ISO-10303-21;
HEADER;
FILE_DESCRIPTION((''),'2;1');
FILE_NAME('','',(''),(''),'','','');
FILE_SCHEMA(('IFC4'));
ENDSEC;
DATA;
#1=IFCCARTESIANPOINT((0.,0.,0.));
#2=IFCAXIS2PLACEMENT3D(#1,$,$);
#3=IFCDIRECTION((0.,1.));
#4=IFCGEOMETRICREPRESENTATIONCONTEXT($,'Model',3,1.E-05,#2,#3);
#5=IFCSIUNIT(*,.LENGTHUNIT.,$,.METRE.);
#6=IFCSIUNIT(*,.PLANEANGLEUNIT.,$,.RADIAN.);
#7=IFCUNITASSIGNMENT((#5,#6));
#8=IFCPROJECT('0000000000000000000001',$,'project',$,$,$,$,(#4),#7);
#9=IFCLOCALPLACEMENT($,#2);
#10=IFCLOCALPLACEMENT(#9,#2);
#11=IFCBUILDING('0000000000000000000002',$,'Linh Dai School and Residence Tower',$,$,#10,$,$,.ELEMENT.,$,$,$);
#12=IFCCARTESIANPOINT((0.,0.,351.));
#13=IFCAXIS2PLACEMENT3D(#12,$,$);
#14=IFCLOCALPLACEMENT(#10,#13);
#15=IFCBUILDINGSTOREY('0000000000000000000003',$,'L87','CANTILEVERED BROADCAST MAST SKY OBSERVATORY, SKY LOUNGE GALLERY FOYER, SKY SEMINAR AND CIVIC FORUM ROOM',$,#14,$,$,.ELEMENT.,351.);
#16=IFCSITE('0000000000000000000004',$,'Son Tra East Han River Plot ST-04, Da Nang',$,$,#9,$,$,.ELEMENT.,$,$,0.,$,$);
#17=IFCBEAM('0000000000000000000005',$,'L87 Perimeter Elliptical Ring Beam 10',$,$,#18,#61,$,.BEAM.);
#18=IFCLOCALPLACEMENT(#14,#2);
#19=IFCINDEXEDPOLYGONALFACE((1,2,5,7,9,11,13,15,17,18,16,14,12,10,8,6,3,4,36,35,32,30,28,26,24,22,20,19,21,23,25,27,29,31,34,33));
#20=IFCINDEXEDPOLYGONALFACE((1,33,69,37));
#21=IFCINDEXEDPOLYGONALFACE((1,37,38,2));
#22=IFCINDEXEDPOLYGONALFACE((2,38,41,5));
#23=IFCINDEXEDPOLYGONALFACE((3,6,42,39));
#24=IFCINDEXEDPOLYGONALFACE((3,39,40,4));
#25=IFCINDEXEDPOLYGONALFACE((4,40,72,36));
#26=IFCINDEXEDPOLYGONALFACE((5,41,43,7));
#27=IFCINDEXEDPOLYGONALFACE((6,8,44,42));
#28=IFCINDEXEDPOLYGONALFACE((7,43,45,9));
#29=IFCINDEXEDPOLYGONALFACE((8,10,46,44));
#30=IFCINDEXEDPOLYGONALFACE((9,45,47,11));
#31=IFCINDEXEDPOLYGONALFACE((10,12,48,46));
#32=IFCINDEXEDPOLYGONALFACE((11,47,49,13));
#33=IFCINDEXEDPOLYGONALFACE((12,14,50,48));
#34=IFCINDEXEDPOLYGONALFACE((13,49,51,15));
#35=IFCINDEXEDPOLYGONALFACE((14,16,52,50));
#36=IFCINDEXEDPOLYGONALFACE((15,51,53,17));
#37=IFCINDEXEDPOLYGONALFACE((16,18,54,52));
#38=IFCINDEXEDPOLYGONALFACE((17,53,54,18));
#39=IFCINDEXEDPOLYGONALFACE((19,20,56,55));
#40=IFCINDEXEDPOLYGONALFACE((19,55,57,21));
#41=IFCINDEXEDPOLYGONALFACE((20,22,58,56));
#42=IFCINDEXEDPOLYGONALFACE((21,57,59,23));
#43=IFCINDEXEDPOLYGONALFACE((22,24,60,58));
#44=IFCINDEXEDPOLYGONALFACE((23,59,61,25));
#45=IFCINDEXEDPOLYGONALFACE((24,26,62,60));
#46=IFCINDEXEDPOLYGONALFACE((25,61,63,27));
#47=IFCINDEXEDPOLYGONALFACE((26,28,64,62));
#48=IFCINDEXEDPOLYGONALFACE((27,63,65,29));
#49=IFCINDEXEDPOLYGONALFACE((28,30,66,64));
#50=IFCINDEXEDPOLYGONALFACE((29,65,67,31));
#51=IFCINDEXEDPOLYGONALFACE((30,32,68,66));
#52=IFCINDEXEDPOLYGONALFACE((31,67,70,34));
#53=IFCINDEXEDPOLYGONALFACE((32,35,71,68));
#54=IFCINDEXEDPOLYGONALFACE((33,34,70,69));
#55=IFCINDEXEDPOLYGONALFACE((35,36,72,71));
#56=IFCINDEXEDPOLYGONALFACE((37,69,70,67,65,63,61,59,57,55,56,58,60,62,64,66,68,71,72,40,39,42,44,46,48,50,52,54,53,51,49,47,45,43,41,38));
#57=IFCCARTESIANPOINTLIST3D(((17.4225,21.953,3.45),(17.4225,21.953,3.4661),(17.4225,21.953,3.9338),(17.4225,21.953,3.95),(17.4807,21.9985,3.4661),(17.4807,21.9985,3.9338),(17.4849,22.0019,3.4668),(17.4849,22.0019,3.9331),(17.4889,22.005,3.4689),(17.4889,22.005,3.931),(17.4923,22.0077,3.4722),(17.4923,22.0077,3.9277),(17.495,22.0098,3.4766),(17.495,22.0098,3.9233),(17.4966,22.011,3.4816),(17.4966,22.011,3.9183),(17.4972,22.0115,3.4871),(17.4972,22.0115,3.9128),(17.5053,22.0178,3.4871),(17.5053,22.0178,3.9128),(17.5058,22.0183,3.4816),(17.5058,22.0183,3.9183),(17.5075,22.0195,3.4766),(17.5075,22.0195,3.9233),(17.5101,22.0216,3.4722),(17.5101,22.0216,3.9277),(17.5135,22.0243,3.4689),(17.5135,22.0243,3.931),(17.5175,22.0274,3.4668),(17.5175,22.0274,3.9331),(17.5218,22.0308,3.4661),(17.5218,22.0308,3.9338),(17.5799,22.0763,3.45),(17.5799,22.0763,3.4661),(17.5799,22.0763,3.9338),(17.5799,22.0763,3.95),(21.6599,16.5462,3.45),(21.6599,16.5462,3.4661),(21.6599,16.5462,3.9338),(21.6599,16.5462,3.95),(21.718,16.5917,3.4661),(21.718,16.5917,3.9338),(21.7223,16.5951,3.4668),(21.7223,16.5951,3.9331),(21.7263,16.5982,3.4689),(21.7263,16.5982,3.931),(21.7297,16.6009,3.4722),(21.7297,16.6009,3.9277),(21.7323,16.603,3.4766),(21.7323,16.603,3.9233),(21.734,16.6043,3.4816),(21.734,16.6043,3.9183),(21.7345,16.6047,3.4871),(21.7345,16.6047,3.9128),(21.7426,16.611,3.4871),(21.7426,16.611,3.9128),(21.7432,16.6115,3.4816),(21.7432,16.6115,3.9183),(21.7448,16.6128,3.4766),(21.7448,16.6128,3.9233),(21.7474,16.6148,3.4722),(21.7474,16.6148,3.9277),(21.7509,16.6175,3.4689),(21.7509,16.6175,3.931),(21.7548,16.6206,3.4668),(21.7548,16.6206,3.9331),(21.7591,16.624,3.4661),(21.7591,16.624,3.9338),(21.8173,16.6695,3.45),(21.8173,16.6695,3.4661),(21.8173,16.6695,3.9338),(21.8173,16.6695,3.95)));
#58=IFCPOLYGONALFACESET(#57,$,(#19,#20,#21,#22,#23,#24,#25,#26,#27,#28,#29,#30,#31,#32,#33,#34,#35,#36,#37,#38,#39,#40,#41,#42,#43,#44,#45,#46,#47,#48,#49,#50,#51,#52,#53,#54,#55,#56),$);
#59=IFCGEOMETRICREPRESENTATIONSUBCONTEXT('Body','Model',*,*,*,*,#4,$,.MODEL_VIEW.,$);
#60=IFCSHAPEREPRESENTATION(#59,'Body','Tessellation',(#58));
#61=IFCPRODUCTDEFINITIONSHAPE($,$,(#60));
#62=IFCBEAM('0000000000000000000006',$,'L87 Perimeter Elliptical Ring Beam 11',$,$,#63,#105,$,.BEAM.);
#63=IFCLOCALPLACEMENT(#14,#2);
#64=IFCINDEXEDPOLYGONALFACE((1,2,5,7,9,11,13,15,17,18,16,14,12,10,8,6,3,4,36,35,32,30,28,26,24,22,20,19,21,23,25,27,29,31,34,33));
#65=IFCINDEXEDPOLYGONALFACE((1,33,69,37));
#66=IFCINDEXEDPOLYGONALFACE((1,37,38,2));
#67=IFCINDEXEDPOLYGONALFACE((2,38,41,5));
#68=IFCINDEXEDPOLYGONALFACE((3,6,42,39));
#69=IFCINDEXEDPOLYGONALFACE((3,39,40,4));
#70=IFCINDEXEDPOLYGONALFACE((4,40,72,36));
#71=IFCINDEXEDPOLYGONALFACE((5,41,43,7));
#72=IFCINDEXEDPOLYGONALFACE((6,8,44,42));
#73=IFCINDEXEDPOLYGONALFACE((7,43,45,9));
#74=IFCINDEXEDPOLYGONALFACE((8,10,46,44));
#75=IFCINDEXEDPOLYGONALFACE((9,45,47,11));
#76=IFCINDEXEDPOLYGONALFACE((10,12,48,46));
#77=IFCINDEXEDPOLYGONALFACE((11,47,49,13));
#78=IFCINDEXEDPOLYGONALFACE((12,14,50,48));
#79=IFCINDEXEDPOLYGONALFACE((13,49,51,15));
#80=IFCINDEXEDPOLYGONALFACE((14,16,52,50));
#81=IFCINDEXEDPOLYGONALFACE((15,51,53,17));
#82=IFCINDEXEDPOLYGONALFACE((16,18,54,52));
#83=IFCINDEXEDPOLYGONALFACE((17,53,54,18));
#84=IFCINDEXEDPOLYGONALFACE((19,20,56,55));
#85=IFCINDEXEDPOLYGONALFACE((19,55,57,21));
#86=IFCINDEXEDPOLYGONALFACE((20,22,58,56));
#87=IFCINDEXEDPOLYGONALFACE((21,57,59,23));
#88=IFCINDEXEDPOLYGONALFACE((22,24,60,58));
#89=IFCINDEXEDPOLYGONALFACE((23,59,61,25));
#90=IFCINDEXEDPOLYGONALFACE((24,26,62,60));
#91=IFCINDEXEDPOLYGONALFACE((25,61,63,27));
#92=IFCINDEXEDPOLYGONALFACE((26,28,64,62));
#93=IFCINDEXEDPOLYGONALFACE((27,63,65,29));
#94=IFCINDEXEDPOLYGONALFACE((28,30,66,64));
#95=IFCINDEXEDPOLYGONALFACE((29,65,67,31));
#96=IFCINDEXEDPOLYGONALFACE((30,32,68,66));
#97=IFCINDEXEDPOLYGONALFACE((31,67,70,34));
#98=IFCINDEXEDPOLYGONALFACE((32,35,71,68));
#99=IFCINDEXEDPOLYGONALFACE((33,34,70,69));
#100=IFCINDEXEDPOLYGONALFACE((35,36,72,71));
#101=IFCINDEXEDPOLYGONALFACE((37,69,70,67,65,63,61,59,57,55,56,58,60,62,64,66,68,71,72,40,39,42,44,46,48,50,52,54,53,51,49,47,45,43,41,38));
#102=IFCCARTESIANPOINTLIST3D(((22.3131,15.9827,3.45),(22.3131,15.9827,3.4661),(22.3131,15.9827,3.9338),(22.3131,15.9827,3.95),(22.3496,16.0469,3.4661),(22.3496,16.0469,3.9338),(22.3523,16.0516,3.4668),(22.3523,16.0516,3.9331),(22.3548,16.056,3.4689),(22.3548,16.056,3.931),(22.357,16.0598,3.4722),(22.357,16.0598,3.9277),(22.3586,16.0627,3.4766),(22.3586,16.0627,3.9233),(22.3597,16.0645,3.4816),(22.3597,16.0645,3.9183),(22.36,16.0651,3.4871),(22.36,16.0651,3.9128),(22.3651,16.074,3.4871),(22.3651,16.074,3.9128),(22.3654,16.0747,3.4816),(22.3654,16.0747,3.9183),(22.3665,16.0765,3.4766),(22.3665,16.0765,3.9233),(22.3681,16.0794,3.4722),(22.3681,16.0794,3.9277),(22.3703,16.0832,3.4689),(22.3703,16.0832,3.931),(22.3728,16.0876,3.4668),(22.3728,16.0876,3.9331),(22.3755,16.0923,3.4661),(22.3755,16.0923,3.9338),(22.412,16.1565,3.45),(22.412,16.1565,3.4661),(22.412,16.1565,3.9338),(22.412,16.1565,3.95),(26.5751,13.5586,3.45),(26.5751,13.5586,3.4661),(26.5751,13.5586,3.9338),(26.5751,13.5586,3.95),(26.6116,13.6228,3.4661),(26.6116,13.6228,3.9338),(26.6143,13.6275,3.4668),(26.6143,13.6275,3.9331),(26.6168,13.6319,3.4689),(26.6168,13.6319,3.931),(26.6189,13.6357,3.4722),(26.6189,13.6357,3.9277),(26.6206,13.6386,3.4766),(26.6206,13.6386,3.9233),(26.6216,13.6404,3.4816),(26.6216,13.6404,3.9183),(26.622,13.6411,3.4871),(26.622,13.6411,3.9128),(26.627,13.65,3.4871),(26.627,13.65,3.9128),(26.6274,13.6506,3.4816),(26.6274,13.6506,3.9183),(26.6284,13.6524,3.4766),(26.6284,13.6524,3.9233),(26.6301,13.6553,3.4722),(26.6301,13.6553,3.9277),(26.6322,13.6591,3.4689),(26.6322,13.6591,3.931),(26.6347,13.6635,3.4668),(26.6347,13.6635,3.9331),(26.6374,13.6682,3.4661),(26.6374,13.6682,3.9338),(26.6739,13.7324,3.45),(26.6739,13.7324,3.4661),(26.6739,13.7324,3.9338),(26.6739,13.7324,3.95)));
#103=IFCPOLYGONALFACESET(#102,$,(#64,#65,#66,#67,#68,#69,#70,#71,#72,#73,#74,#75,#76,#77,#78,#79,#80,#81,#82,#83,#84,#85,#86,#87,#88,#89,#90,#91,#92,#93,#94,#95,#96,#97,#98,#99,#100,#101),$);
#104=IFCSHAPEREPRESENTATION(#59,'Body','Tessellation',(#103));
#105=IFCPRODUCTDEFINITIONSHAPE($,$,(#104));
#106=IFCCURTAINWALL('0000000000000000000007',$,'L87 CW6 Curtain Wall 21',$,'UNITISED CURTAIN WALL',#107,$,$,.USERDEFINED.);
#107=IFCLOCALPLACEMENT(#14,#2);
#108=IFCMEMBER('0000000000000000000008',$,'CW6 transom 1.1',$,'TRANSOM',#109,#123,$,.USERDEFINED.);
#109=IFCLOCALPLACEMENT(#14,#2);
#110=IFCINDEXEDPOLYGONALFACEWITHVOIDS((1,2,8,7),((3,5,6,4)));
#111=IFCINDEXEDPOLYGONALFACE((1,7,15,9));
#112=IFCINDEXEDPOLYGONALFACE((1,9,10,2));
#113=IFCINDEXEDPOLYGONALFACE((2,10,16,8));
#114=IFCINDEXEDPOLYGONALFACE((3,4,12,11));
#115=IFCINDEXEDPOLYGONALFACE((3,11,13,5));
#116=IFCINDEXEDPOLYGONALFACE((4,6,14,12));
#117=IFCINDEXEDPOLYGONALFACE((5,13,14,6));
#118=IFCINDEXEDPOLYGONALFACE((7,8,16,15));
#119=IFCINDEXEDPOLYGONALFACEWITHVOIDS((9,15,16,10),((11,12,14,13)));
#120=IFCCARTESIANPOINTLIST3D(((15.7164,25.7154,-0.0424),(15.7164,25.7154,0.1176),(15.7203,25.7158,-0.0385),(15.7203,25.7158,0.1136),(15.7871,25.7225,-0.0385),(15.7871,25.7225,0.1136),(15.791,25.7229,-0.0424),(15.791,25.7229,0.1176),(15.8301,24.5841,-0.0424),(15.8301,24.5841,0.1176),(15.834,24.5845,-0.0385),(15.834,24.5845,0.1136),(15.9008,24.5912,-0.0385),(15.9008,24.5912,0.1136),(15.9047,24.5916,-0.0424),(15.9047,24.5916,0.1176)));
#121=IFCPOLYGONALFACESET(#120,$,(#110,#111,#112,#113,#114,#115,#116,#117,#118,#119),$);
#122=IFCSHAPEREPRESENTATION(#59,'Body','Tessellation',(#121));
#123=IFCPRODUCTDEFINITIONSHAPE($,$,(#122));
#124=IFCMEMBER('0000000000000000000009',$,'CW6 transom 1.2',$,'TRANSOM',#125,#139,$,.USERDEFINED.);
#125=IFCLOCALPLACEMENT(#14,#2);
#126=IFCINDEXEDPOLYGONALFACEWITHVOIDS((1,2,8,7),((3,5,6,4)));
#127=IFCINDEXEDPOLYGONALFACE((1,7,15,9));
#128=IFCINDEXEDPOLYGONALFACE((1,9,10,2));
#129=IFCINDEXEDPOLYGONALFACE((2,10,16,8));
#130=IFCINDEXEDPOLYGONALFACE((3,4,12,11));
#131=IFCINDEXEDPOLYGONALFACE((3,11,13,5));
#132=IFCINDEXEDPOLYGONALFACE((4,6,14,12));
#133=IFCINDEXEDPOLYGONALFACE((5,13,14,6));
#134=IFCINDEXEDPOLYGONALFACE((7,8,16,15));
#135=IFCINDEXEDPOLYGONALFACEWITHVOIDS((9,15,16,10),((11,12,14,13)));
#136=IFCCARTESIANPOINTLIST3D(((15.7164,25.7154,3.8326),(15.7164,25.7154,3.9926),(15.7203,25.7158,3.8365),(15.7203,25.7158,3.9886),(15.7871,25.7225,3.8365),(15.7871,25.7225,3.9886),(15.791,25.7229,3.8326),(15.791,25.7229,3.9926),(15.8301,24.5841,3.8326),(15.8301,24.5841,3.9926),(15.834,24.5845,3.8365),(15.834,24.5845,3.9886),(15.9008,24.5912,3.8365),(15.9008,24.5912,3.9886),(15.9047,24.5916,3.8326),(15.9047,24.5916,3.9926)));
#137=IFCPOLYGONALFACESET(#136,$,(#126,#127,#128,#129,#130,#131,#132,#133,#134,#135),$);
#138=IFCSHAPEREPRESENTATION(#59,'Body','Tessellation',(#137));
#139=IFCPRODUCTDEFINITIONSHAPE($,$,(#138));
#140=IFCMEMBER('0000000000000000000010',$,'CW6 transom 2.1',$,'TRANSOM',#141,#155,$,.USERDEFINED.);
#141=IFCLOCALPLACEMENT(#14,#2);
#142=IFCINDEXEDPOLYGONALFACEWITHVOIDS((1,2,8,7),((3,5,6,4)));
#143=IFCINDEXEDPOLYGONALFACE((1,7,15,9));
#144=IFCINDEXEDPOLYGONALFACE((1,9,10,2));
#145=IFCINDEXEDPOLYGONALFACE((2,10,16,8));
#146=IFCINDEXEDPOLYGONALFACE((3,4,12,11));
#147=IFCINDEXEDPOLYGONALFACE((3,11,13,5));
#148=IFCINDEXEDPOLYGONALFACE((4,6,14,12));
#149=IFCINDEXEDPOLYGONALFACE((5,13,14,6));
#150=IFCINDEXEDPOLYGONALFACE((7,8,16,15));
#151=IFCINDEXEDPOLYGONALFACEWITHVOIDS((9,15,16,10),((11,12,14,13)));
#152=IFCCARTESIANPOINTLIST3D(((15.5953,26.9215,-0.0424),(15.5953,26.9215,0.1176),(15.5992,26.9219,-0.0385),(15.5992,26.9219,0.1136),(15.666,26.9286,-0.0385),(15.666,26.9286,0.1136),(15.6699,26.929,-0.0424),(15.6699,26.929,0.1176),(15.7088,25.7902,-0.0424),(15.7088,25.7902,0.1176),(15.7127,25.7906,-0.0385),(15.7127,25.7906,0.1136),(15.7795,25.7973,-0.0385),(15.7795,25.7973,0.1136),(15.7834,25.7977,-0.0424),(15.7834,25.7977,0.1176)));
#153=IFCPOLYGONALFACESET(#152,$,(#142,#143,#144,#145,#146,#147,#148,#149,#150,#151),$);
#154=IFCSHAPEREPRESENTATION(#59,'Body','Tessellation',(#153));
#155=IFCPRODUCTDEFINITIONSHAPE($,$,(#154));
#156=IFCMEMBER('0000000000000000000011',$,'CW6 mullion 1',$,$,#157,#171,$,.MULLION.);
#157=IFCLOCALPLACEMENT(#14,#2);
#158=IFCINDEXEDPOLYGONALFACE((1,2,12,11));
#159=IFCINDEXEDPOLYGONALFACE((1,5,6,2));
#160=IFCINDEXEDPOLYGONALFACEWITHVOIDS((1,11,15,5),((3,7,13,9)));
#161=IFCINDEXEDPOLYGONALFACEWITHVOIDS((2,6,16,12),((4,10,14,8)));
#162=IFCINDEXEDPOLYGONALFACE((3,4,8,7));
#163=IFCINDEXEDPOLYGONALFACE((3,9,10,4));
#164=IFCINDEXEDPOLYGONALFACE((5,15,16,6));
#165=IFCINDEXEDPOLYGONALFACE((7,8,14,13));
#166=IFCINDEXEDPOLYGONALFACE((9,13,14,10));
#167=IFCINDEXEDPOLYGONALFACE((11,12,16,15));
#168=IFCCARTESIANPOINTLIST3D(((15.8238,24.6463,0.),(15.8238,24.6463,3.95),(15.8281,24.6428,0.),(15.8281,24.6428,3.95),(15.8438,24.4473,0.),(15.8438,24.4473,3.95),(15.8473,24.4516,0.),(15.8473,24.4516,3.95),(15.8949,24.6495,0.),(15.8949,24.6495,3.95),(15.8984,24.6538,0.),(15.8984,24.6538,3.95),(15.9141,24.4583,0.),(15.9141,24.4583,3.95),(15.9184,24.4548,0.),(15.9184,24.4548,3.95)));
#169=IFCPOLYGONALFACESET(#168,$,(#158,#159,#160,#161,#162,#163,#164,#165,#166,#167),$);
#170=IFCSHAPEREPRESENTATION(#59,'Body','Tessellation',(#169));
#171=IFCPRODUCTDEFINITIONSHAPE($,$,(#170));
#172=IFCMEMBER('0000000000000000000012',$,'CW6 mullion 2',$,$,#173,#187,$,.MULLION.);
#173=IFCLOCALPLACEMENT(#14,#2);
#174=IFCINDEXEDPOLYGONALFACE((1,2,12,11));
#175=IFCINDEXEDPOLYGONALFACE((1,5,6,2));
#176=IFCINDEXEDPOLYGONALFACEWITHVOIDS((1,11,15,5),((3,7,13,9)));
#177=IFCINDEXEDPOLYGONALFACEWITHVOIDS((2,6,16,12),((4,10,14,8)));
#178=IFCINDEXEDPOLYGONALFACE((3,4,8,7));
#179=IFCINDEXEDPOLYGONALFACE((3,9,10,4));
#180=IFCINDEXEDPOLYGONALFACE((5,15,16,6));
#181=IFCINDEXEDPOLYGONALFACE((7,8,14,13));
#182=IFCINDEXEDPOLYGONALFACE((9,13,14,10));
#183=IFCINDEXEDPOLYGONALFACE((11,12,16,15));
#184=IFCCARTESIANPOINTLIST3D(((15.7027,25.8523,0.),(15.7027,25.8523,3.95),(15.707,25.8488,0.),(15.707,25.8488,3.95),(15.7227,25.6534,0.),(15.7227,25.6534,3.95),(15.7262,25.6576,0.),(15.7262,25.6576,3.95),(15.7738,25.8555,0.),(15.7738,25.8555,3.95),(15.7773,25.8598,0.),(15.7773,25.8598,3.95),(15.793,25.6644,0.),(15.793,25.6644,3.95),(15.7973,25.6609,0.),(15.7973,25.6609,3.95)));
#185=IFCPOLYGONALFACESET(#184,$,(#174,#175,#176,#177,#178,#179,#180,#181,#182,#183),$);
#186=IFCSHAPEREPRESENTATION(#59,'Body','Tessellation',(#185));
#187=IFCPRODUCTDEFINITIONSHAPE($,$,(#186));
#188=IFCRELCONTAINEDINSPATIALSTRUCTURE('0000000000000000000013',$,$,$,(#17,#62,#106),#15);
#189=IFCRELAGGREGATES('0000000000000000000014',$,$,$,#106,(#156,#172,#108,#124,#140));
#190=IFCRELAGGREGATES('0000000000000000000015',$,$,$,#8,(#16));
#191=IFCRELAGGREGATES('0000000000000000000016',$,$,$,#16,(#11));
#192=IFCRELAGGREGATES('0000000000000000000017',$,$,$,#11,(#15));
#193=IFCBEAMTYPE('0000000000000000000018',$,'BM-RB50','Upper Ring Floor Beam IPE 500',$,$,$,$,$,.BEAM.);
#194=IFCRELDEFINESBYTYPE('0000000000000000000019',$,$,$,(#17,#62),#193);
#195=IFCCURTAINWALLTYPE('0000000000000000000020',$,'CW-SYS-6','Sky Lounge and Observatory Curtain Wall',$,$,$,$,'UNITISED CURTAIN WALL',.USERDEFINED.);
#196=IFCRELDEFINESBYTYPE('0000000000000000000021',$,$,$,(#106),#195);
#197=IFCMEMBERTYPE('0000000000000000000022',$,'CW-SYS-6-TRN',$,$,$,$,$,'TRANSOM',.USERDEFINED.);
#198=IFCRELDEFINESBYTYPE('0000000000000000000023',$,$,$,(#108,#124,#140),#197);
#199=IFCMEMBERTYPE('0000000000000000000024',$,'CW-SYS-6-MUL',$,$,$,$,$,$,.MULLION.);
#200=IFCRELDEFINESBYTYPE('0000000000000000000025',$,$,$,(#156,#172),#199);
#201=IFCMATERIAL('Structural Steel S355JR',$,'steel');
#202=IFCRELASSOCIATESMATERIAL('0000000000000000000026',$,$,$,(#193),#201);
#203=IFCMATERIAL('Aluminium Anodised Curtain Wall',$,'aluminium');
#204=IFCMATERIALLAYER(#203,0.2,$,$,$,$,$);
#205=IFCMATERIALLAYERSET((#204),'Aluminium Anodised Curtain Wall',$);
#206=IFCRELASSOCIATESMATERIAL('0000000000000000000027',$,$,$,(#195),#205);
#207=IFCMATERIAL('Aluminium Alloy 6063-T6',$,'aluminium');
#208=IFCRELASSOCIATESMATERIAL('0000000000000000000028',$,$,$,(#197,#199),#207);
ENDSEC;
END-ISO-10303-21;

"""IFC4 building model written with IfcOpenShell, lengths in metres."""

from ifc_helpers import new_model, si_unit, direction, frame, origin, origin_2d, place, context, subcontext, project, spatial, hollow_rectangle, i_section, extrude, source, transform, mapped, material, layer, layer_set, material_profile, profile_set, type_object, element, aggregate, save


model = new_model("IFC4")

# Units and contexts
model_context = context("Model", 3, precision=1e-05, world=origin(), true_north=direction((0.0, 1.0)))
body_context = subcontext(model_context, "Body", "Model", "MODEL_VIEW")
ifc_project = project(units=[si_unit("LENGTHUNIT", "METRE"), si_unit("PLANEANGLEUNIT", "RADIAN")], contexts=[model_context])

# Site, building, storey
site_placement = place(None, origin())
site = spatial("IfcSite", under=ifc_project, at=site_placement, Name="Son Tra East Han River Plot ST-04, Da Nang", CompositionType="ELEMENT", RefElevation=0.0)
building_placement = place(site_placement, origin())
building = spatial("IfcBuilding", under=site, at=building_placement, Name="Linh Dai School and Residence Tower", CompositionType="ELEMENT")
storey_placement = place(building_placement, frame((0.0, 0.0, 351.0)))
storey = spatial("IfcBuildingStorey", under=building, at=storey_placement, Name="L87", Description="CANTILEVERED BROADCAST MAST SKY OBSERVATORY, SKY LOUNGE GALLERY FOYER, SKY SEMINAR AND CIVIC FORUM ROOM", CompositionType="ELEMENT", Elevation=351.0)

# Shared definitions
ifc_material_1 = material(Name="Structural Steel S355JR", Category="steel")

# Beams
ifc_material_profile_1 = material_profile(ifc_material_1, i_section(OverallWidth=0.2, OverallDepth=0.5, WebThickness=0.0103, FlangeThickness=0.0161, FilletRadius=0.021, at=origin_2d()), Name="IPE 500")
ifc_profile_set_1 = profile_set([ifc_material_profile_1], Name="Structural Steel S355JR")
beam_type_1 = type_object("IfcBeamType", Name="BM-RB50", Description="Upper Ring Floor Beam IPE 500", PredefinedType="BEAM", material=ifc_profile_set_1)
beam_1_placement = place(storey_placement, frame((17.5012, 22.0146, 3.7), z_axis=(0.616845, -0.787085, 0.0), x_axis=(0.787085, 0.616845, 0.0)))
element("IfcBeam", 1, at=beam_1_placement, inside=storey, type_object=beam_type_1, Name="L87 Perimeter Elliptical Ring Beam 10", PredefinedType="BEAM", context=body_context, shape_type="SweptSolid", body=[
    extrude(i_section(OverallWidth=0.2, OverallDepth=0.5, WebThickness=0.0103, FlangeThickness=0.0161, FilletRadius=0.021, at=origin_2d()), origin(), (0.0, 0.0, 1.0), 6.8694),
])
beam_2_placement = place(storey_placement, frame((22.3625, 16.0696, 3.7), z_axis=(0.869237, -0.494395, 0.0), x_axis=(0.494395, 0.869237, 0.0)))
element("IfcBeam", 2, at=beam_2_placement, inside=storey, type_object=beam_type_1, Name="L87 Perimeter Elliptical Ring Beam 11", PredefinedType="BEAM", context=body_context, shape_type="SweptSolid", body=[
    extrude(i_section(OverallWidth=0.2, OverallDepth=0.5, WebThickness=0.0103, FlangeThickness=0.0161, FilletRadius=0.021, at=origin_2d()), origin(), (0.0, 0.0, 1.0), 4.9031),
])

# Curtain wall, members
ifc_material_2 = material(Name="Aluminium Anodised Curtain Wall", Category="aluminium")
ifc_layer_1 = layer(ifc_material_2, 0.2)
ifc_layer_set_1 = layer_set([ifc_layer_1], Name="Aluminium Anodised Curtain Wall")
curtain_wall_type = type_object("IfcCurtainWallType", Name="CW-SYS-6", Description="Sky Lounge and Observatory Curtain Wall", ElementType="UNITISED CURTAIN WALL", PredefinedType="USERDEFINED", material=ifc_layer_set_1)
curtain_wall_placement = place(storey_placement, origin())
curtain_wall = element("IfcCurtainWall", 3, at=curtain_wall_placement, inside=storey, type_object=curtain_wall_type, Name="L87 CW6 Curtain Wall 21", ObjectType="UNITISED CURTAIN WALL", PredefinedType="USERDEFINED")
ifc_material_3 = material(Name="Aluminium Alloy 6063-T6", Category="aluminium")
ifc_material_profile_2 = material_profile(ifc_material_3, hollow_rectangle(XDim=0.075, YDim=0.1599, WallThickness=0.0039, at=origin_2d()), Name="RHS 160x75x4")
ifc_profile_set_2 = profile_set([ifc_material_profile_2], Name="Aluminium Alloy 6063-T6")
member_type_1 = type_object("IfcMemberType", Name="CW-SYS-6-TRN", ElementType="TRANSOM", PredefinedType="USERDEFINED", material=ifc_profile_set_2)
shared_shape_1 = source(origin(), body_context, "Body", "SweptSolid", [
    extrude(hollow_rectangle(XDim=0.075, YDim=0.1599, WallThickness=0.0039, at=origin_2d()), origin(), (0.0, 0.0, 1.0), 1.137),
])
member_1_placement = place(storey_placement, frame((15.8674, 24.5879, 0.0376), z_axis=(-0.100056, 0.994982, 0.0), x_axis=(-0.994982, -0.100056, 0.0)))
member_1 = element("IfcMember", 4, at=member_1_placement, type_object=member_type_1, Name="CW6 transom 1.1", ObjectType="TRANSOM", PredefinedType="USERDEFINED", context=body_context, shape_type="MappedRepresentation", body=[
    mapped(shared_shape_1, transform((0.0, 0.0, 0.0), x_axis=(1.0, 0.0, 0.0), y_axis=(0.0, 1.0, 0.0), z_axis=(0.0, 0.0, 1.0), scale=1.0)),
])
member_2_placement = place(storey_placement, frame((15.8674, 24.5879, 3.9126), z_axis=(-0.100056, 0.994982, 0.0), x_axis=(-0.994982, -0.100056, 0.0)))
member_2 = element("IfcMember", 5, at=member_2_placement, type_object=member_type_1, Name="CW6 transom 1.2", ObjectType="TRANSOM", PredefinedType="USERDEFINED", context=body_context, shape_type="MappedRepresentation", body=[
    mapped(shared_shape_1, transform((0.0, 0.0, 0.0), x_axis=(1.0, 0.0, 0.0), y_axis=(0.0, 1.0, 0.0), z_axis=(0.0, 0.0, 1.0), scale=1.0)),
])
member_3_placement = place(storey_placement, frame((15.7461, 25.7939, 0.0376), z_axis=(-0.099844, 0.995003, 0.0), x_axis=(-0.995003, -0.099844, 0.0)))
member_3 = element("IfcMember", 6, at=member_3_placement, type_object=member_type_1, Name="CW6 transom 2.1", ObjectType="TRANSOM", PredefinedType="USERDEFINED", context=body_context, shape_type="MappedRepresentation", body=[
    mapped(shared_shape_1, transform((0.0, 0.0, 0.0), x_axis=(1.0, 0.0, 0.0), y_axis=(0.0, 1.0, 0.0), z_axis=(0.0, 0.0, 1.0), scale=1.0)),
])
ifc_material_profile_3 = material_profile(ifc_material_3, hollow_rectangle(XDim=0.075, YDim=0.2, WallThickness=0.0039, at=origin_2d()), Name="RHS 200x75x4")
ifc_profile_set_3 = profile_set([ifc_material_profile_3], Name="Aluminium Alloy 6063-T6")
member_type_2 = type_object("IfcMemberType", Name="CW-SYS-6-MUL", PredefinedType="MULLION", material=ifc_profile_set_3)
shared_shape_2 = source(origin(), body_context, "Body", "SweptSolid", [
    extrude(hollow_rectangle(XDim=0.075, YDim=0.2, WallThickness=0.0039, at=origin_2d()), origin(), (0.0, 0.0, 1.0), 3.95),
])
member_4_placement = place(storey_placement, frame((15.8711, 24.5505, 0.0), z_axis=(0.0, 0.0, 1.0), x_axis=(-0.994988, -0.099992, 0.0)))
member_4 = element("IfcMember", 7, at=member_4_placement, type_object=member_type_2, Name="CW6 mullion 1", PredefinedType="MULLION", context=body_context, shape_type="MappedRepresentation", body=[
    mapped(shared_shape_2, transform((0.0, 0.0, 0.0), x_axis=(1.0, 0.0, 0.0), y_axis=(0.0, 1.0, 0.0), z_axis=(0.0, 0.0, 1.0), scale=1.0)),
])
member_5_placement = place(storey_placement, frame((15.75, 25.7566, 0.0), z_axis=(0.0, 0.0, 1.0), x_axis=(-0.994988, -0.099992, 0.0)))
member_5 = element("IfcMember", 8, at=member_5_placement, type_object=member_type_2, Name="CW6 mullion 2", PredefinedType="MULLION", context=body_context, shape_type="MappedRepresentation", body=[
    mapped(shared_shape_2, transform((0.0, 0.0, 0.0), x_axis=(1.0, 0.0, 0.0), y_axis=(0.0, 1.0, 0.0), z_axis=(0.0, 0.0, 1.0), scale=1.0)),
])

aggregate(curtain_wall, [member_4, member_5, member_1, member_2, member_3])

save(model, "model.ifc")
